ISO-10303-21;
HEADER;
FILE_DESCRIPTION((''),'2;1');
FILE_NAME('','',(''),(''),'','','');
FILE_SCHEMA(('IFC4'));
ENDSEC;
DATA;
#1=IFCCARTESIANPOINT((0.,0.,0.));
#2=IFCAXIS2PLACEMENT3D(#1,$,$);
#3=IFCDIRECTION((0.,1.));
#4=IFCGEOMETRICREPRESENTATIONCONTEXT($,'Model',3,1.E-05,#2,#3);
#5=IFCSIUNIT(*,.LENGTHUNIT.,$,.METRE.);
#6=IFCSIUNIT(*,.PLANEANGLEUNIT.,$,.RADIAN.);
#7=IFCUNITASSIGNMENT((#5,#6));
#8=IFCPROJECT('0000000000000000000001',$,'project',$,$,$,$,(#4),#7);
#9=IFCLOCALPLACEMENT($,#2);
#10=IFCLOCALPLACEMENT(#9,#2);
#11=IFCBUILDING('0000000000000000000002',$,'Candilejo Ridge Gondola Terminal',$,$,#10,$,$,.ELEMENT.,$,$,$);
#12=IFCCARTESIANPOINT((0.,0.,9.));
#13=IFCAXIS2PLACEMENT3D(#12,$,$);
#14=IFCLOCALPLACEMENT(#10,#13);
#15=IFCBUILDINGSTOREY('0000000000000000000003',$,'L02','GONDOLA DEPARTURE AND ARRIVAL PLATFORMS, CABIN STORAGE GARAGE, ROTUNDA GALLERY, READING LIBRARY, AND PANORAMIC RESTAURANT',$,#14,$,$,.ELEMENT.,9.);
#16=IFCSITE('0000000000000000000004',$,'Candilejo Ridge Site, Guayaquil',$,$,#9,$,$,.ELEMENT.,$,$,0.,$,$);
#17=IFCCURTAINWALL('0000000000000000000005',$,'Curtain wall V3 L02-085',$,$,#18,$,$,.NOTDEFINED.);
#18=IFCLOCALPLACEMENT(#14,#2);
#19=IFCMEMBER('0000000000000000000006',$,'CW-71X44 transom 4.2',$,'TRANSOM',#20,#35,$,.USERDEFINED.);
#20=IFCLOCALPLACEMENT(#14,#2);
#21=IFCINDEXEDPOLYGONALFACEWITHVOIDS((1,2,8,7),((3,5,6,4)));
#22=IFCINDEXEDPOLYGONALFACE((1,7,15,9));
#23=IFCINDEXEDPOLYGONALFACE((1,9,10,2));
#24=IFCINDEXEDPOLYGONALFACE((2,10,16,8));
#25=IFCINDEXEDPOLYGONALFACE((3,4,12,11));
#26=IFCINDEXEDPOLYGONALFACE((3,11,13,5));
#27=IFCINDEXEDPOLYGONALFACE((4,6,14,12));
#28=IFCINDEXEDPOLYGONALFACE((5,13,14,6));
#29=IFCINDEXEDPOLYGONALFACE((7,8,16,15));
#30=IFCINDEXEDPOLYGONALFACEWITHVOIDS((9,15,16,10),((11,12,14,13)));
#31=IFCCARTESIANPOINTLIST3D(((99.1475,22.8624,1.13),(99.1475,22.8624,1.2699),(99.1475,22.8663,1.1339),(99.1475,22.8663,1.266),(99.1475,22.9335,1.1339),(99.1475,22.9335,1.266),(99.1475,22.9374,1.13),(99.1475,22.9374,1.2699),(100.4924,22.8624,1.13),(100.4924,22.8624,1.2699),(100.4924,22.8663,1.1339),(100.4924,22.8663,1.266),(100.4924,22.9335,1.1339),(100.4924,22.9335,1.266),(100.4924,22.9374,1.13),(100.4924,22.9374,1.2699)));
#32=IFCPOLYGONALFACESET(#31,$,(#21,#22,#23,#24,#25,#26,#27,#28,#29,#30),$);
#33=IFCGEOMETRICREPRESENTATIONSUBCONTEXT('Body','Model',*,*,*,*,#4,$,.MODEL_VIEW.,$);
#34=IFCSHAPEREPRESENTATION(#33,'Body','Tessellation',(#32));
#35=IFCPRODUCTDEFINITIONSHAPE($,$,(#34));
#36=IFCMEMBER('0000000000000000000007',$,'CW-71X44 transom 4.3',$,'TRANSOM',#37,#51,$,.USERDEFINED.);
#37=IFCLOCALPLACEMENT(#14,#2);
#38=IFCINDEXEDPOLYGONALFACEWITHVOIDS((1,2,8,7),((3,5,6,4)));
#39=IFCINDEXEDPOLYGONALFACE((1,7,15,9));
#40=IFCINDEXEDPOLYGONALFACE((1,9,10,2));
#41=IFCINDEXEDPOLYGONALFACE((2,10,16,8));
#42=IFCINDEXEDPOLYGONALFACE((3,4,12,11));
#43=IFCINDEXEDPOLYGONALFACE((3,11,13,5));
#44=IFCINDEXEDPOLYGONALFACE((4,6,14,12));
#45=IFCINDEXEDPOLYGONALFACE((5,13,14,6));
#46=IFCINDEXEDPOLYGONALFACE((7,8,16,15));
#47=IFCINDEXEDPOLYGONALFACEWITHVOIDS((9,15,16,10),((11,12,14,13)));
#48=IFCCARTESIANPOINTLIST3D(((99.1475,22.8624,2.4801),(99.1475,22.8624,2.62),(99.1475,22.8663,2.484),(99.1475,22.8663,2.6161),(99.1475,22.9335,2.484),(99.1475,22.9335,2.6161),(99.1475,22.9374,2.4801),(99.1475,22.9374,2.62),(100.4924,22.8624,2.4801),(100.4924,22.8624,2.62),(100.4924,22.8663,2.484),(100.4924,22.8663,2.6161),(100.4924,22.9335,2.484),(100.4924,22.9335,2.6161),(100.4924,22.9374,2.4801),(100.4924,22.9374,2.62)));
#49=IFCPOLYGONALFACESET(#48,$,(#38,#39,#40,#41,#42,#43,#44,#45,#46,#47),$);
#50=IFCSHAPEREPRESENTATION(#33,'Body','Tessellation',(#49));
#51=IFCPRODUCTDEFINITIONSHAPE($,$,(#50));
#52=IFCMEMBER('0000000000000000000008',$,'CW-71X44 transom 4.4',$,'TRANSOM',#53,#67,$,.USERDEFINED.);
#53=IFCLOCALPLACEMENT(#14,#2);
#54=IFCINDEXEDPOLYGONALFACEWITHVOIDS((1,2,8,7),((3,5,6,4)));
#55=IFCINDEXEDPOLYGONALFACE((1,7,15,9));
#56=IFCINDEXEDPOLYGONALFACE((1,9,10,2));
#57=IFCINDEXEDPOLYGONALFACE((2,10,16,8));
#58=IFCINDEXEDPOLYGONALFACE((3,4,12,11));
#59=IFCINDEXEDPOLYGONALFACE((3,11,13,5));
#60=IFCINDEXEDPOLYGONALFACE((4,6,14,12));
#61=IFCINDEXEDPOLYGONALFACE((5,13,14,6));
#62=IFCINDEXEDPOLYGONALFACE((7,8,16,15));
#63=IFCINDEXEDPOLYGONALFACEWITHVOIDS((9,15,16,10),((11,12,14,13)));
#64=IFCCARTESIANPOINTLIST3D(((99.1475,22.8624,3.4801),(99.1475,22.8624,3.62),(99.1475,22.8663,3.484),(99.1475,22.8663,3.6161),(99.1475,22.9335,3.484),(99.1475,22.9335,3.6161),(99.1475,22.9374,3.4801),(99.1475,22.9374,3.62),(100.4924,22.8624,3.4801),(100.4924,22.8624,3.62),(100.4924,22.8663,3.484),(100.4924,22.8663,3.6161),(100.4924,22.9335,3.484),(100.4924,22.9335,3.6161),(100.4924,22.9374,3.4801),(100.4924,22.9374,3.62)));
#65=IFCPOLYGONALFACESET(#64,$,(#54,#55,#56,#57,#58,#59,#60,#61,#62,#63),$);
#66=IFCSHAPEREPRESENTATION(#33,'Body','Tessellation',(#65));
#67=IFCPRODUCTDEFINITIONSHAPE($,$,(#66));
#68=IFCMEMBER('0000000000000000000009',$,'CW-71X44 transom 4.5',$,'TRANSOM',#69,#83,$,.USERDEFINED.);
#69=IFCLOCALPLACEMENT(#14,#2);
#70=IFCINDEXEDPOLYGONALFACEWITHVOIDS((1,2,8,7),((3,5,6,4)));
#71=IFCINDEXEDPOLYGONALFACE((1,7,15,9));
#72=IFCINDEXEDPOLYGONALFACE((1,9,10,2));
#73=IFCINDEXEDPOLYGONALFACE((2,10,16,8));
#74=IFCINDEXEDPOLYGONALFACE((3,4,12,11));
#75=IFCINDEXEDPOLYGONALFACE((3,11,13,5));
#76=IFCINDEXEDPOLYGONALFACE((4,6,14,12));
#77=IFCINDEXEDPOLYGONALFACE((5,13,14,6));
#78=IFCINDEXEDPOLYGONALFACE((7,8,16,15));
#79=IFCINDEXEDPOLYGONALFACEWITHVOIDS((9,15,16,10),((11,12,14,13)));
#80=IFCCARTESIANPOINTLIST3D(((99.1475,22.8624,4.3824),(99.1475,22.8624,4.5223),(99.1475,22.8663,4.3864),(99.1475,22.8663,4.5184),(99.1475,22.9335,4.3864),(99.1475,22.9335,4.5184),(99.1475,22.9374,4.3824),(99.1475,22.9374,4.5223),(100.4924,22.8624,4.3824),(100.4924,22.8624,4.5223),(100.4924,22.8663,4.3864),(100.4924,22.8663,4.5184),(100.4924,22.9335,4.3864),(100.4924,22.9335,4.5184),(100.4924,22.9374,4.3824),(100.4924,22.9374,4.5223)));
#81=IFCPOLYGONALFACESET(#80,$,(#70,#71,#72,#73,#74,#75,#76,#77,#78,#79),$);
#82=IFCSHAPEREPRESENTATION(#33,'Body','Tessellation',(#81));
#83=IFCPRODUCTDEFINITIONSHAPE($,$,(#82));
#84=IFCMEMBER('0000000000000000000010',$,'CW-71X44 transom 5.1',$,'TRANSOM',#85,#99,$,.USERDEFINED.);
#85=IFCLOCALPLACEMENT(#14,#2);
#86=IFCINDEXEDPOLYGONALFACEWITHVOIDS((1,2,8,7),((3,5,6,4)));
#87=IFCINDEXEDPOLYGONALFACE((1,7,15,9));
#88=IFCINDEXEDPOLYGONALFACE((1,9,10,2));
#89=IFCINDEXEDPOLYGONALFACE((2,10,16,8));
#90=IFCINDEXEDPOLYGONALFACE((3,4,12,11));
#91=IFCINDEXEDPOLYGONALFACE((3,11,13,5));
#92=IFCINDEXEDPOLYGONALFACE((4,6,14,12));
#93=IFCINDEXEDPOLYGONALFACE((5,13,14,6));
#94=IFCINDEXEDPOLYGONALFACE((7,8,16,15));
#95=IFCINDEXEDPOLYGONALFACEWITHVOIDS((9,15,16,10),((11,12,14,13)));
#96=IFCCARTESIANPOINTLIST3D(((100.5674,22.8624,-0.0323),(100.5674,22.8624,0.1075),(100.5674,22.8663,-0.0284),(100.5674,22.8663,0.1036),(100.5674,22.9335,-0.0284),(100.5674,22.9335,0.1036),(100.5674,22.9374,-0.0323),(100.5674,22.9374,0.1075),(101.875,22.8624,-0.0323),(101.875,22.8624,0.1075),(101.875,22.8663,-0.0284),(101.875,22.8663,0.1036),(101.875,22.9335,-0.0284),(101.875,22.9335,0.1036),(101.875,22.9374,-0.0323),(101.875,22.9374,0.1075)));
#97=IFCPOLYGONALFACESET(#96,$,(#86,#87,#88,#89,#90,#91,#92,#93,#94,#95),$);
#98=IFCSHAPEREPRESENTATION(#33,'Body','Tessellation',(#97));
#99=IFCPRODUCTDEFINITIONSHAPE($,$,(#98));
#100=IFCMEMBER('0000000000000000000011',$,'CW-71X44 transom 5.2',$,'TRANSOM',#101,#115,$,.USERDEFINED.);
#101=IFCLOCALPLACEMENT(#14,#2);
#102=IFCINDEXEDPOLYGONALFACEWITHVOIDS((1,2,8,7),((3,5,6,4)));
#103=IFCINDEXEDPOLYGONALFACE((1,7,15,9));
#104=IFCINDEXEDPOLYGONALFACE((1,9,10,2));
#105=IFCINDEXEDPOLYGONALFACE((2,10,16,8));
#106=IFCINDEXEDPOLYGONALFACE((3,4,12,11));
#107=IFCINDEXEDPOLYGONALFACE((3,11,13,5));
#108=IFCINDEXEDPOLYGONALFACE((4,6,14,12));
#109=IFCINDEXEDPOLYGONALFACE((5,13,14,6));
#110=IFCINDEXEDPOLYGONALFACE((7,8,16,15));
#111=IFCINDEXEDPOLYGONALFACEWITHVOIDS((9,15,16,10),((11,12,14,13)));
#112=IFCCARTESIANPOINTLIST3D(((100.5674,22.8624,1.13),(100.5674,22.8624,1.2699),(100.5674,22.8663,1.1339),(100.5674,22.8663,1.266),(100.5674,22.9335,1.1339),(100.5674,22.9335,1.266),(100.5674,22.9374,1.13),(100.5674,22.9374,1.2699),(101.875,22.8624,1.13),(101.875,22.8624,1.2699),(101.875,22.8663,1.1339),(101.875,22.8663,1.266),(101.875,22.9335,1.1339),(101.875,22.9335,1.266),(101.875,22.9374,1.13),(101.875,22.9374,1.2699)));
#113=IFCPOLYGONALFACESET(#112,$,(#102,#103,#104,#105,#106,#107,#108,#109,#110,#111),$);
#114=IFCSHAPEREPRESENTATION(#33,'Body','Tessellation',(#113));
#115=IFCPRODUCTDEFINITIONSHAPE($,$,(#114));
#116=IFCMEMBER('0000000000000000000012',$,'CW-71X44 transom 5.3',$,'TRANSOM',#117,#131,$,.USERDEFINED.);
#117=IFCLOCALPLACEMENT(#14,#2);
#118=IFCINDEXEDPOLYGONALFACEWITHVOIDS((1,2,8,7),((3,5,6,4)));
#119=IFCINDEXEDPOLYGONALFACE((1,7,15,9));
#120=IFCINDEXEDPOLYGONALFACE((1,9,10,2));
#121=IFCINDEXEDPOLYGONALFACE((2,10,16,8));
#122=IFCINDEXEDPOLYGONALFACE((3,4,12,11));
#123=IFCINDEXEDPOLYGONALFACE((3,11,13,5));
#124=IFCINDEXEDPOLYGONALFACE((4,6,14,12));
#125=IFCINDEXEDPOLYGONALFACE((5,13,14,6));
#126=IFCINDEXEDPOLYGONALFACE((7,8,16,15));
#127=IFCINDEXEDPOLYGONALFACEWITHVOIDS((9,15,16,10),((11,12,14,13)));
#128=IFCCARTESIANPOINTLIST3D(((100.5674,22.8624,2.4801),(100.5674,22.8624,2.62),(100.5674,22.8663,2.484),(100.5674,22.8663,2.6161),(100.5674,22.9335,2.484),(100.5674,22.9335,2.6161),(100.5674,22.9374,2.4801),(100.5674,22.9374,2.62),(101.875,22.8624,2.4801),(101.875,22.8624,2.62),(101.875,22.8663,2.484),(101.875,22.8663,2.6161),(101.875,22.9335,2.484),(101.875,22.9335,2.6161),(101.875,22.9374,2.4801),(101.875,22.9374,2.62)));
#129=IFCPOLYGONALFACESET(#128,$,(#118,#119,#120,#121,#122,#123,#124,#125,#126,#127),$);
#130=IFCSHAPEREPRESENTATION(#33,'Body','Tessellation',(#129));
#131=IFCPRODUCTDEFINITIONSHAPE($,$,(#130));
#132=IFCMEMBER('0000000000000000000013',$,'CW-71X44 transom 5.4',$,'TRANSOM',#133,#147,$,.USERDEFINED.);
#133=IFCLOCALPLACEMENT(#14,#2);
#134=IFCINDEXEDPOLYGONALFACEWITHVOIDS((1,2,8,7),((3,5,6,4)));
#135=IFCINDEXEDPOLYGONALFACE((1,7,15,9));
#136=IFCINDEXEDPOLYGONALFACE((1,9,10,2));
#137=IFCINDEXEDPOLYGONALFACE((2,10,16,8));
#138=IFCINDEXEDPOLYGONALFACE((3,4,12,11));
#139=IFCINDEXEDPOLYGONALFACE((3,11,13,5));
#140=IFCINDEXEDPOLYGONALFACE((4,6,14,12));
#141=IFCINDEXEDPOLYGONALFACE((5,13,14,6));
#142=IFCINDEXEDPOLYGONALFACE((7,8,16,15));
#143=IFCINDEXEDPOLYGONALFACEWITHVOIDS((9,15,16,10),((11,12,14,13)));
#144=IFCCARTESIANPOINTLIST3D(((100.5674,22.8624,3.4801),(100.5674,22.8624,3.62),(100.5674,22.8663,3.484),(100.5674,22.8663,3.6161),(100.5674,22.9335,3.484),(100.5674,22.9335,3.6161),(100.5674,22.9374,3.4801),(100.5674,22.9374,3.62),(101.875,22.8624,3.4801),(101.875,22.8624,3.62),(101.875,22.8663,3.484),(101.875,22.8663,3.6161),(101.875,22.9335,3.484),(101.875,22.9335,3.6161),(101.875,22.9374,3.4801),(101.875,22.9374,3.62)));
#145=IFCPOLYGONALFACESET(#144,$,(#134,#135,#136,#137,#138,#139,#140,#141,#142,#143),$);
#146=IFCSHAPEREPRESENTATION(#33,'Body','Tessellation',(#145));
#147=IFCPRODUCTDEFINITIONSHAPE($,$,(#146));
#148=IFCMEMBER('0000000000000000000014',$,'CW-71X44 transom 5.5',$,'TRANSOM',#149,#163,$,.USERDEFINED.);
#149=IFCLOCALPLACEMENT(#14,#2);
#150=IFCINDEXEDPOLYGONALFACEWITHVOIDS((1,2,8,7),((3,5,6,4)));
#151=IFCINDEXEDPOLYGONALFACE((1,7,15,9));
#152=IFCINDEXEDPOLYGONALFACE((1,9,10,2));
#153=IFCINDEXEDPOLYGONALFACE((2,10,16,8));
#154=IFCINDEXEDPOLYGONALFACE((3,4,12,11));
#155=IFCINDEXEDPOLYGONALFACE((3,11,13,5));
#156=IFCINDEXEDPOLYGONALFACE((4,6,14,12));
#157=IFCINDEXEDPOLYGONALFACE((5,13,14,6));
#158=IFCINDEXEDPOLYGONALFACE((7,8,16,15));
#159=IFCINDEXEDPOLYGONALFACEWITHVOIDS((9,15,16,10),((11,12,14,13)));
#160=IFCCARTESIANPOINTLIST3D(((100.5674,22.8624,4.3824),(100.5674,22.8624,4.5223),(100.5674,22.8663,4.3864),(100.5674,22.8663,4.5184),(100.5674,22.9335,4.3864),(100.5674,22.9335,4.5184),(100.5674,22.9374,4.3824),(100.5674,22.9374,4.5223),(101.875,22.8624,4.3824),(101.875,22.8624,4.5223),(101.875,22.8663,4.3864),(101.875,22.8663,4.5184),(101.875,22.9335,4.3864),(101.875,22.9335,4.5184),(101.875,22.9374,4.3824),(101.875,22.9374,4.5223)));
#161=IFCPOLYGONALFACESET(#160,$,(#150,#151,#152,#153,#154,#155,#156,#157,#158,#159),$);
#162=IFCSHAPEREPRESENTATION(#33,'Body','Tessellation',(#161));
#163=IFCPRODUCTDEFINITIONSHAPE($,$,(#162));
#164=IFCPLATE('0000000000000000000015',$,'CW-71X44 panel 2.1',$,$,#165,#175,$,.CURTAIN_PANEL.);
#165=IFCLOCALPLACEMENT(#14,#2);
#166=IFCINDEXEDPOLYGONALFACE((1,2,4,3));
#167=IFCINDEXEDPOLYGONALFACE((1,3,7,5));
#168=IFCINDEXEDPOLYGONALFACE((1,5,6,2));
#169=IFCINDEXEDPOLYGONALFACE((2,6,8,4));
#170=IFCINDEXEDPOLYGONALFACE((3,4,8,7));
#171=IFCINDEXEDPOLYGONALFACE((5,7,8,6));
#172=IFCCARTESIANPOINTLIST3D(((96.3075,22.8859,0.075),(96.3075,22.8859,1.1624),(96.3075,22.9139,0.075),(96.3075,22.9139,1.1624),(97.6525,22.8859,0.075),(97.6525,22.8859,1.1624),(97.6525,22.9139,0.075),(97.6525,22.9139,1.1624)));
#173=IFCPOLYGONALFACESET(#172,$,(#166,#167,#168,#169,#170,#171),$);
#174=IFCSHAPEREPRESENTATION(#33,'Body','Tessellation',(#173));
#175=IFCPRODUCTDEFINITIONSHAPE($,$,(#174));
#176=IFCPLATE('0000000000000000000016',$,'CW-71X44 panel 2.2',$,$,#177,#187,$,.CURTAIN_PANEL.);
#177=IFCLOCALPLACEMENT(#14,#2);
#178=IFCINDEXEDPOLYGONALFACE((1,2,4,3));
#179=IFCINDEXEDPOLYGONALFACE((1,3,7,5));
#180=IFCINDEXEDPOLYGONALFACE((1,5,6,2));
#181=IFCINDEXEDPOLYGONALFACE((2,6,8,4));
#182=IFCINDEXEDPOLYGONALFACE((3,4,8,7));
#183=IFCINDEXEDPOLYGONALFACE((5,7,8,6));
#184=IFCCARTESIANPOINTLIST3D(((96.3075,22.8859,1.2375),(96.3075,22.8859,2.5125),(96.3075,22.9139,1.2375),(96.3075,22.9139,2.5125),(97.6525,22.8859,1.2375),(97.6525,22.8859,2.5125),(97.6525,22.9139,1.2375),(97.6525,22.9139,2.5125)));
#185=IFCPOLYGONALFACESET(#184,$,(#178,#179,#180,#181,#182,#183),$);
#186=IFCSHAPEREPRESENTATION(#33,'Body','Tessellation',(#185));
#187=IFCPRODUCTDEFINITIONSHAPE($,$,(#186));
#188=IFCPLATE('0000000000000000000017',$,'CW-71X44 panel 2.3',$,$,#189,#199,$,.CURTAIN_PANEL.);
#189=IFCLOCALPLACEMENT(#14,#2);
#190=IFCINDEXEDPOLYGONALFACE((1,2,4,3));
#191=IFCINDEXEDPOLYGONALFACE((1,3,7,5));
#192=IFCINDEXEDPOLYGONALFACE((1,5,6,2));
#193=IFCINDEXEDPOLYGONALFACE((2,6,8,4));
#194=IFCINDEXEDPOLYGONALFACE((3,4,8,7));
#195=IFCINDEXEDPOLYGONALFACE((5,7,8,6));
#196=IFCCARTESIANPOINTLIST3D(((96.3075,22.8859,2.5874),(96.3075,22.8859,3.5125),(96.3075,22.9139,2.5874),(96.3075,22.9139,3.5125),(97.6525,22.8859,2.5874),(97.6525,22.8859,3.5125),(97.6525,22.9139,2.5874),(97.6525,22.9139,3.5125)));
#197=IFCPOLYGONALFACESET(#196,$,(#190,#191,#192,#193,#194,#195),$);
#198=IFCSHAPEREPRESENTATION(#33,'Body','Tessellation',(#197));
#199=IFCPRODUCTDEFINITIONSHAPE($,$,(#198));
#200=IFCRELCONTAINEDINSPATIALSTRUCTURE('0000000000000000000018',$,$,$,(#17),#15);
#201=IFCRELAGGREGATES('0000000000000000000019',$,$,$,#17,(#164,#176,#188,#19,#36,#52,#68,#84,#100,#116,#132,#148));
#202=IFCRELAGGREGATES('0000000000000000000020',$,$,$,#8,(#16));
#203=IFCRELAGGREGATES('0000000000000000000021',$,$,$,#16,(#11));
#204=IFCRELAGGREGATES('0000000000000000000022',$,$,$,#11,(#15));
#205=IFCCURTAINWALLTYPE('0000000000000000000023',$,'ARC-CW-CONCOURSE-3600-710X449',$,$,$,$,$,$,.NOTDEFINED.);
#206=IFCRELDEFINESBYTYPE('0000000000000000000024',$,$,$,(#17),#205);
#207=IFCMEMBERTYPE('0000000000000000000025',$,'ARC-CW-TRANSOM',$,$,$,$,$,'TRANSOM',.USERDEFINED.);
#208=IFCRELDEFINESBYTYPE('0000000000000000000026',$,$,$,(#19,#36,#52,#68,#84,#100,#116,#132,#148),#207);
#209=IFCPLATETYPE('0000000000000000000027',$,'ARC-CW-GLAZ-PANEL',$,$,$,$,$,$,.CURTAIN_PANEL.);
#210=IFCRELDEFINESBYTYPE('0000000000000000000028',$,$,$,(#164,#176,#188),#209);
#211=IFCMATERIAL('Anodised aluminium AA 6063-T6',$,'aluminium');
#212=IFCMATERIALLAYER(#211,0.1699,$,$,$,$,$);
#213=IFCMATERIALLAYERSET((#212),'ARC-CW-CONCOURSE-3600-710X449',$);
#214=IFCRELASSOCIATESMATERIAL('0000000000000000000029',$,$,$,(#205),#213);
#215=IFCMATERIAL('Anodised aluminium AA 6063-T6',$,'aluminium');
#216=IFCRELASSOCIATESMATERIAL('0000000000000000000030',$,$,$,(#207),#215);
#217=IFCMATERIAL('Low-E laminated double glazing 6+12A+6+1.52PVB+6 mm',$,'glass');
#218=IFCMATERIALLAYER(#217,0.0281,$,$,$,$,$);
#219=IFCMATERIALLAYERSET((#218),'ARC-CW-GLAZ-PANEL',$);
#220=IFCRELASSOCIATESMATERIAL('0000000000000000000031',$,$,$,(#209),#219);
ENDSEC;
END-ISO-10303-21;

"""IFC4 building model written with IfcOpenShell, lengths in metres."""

from ifc_helpers import new_model, si_unit, direction, frame, origin, origin_2d, place, context, subcontext, project, spatial, rectangle, hollow_rectangle, extrude, material, layer, layer_set, material_profile, profile_set, type_object, element, aggregate, save


model = new_model("IFC4")

# Units and contexts
model_context = context("Model", 3, precision=1e-05, world=origin(), true_north=direction((0.0, 1.0)))
body_context = subcontext(model_context, "Body", "Model", "MODEL_VIEW")
ifc_project = project(units=[si_unit("LENGTHUNIT", "METRE"), si_unit("PLANEANGLEUNIT", "RADIAN")], contexts=[model_context])

# Site, building, storey
site_placement = place(None, origin())
site = spatial("IfcSite", under=ifc_project, at=site_placement, Name="Candilejo Ridge Site, Guayaquil", CompositionType="ELEMENT", RefElevation=0.0)
building_placement = place(site_placement, origin())
building = spatial("IfcBuilding", under=site, at=building_placement, Name="Candilejo Ridge Gondola Terminal", CompositionType="ELEMENT")
storey_placement = place(building_placement, frame((0.0, 0.0, 9.0)))
storey = spatial("IfcBuildingStorey", under=building, at=storey_placement, Name="L02", Description="GONDOLA DEPARTURE AND ARRIVAL PLATFORMS, CABIN STORAGE GARAGE, ROTUNDA GALLERY, READING LIBRARY, AND PANORAMIC RESTAURANT", CompositionType="ELEMENT", Elevation=9.0)

# Curtain wall, members, plates
ifc_material_1 = material(Name="Anodised aluminium AA 6063-T6", Category="aluminium")
ifc_layer_1 = layer(ifc_material_1, 0.1699)
ifc_layer_set_1 = layer_set([ifc_layer_1], Name="ARC-CW-CONCOURSE-3600-710X449")
curtain_wall_type = type_object("IfcCurtainWallType", Name="ARC-CW-CONCOURSE-3600-710X449", PredefinedType="NOTDEFINED", material=ifc_layer_set_1)
curtain_wall_placement = place(storey_placement, origin())
curtain_wall = element("IfcCurtainWall", 1, at=curtain_wall_placement, inside=storey, type_object=curtain_wall_type, Name="Curtain wall V3 L02-085", PredefinedType="NOTDEFINED")
ifc_material_2 = material(Name="Anodised aluminium AA 6063-T6", Category="aluminium")
ifc_material_profile_1 = material_profile(ifc_material_2, hollow_rectangle(XDim=0.075, YDim=0.1399, WallThickness=0.0039, at=origin_2d()))
ifc_profile_set_1 = profile_set([ifc_material_profile_1], Name="Anodised aluminium AA 6063-T6")
member_type_1 = type_object("IfcMemberType", Name="ARC-CW-TRANSOM", ElementType="TRANSOM", PredefinedType="USERDEFINED", material=ifc_profile_set_1)
member_1_placement = place(storey_placement, frame((99.1475, 22.8999, 1.2), z_axis=(1.0, 0.0, 0.0), x_axis=(0.0, 1.0, 0.0)))
member_1 = element("IfcMember", 2, at=member_1_placement, type_object=member_type_1, Name="CW-71X44 transom 4.2", ObjectType="TRANSOM", PredefinedType="USERDEFINED", context=body_context, shape_type="SweptSolid", body=[
    extrude(hollow_rectangle(XDim=0.075, YDim=0.1399, WallThickness=0.0039, at=origin_2d()), origin(), (0.0, 0.0, 1.0), 1.345),
])
member_2_placement = place(storey_placement, frame((99.1475, 22.8999, 2.55), z_axis=(1.0, 0.0, 0.0), x_axis=(0.0, 1.0, 0.0)))
member_2 = element("IfcMember", 3, at=member_2_placement, type_object=member_type_1, Name="CW-71X44 transom 4.3", ObjectType="TRANSOM", PredefinedType="USERDEFINED", context=body_context, shape_type="SweptSolid", body=[
    extrude(hollow_rectangle(XDim=0.075, YDim=0.1399, WallThickness=0.0039, at=origin_2d()), origin(), (0.0, 0.0, 1.0), 1.345),
])
member_3_placement = place(storey_placement, frame((99.1475, 22.8999, 3.55), z_axis=(1.0, 0.0, 0.0), x_axis=(0.0, 1.0, 0.0)))
member_3 = element("IfcMember", 4, at=member_3_placement, type_object=member_type_1, Name="CW-71X44 transom 4.4", ObjectType="TRANSOM", PredefinedType="USERDEFINED", context=body_context, shape_type="SweptSolid", body=[
    extrude(hollow_rectangle(XDim=0.075, YDim=0.1399, WallThickness=0.0039, at=origin_2d()), origin(), (0.0, 0.0, 1.0), 1.345),
])
member_4_placement = place(storey_placement, frame((99.1475, 22.8999, 4.4524), z_axis=(1.0, 0.0, 0.0), x_axis=(0.0, 1.0, 0.0)))
member_4 = element("IfcMember", 5, at=member_4_placement, type_object=member_type_1, Name="CW-71X44 transom 4.5", ObjectType="TRANSOM", PredefinedType="USERDEFINED", context=body_context, shape_type="SweptSolid", body=[
    extrude(hollow_rectangle(XDim=0.075, YDim=0.1399, WallThickness=0.0039, at=origin_2d()), origin(), (0.0, 0.0, 1.0), 1.345),
])
member_5_placement = place(storey_placement, frame((100.5674, 22.8999, 0.0376), z_axis=(1.0, 0.0, 0.0), x_axis=(0.0, 1.0, 0.0)))
member_5 = element("IfcMember", 6, at=member_5_placement, type_object=member_type_1, Name="CW-71X44 transom 5.1", ObjectType="TRANSOM", PredefinedType="USERDEFINED", context=body_context, shape_type="SweptSolid", body=[
    extrude(hollow_rectangle(XDim=0.075, YDim=0.1399, WallThickness=0.0039, at=origin_2d()), origin(), (0.0, 0.0, 1.0), 1.3076),
])
member_6_placement = place(storey_placement, frame((100.5674, 22.8999, 1.2), z_axis=(1.0, 0.0, 0.0), x_axis=(0.0, 1.0, 0.0)))
member_6 = element("IfcMember", 7, at=member_6_placement, type_object=member_type_1, Name="CW-71X44 transom 5.2", ObjectType="TRANSOM", PredefinedType="USERDEFINED", context=body_context, shape_type="SweptSolid", body=[
    extrude(hollow_rectangle(XDim=0.075, YDim=0.1399, WallThickness=0.0039, at=origin_2d()), origin(), (0.0, 0.0, 1.0), 1.3076),
])
member_7_placement = place(storey_placement, frame((100.5674, 22.8999, 2.55), z_axis=(1.0, 0.0, 0.0), x_axis=(0.0, 1.0, 0.0)))
member_7 = element("IfcMember", 8, at=member_7_placement, type_object=member_type_1, Name="CW-71X44 transom 5.3", ObjectType="TRANSOM", PredefinedType="USERDEFINED", context=body_context, shape_type="SweptSolid", body=[
    extrude(hollow_rectangle(XDim=0.075, YDim=0.1399, WallThickness=0.0039, at=origin_2d()), origin(), (0.0, 0.0, 1.0), 1.3076),
])
member_8_placement = place(storey_placement, frame((100.5674, 22.8999, 3.55), z_axis=(1.0, 0.0, 0.0), x_axis=(0.0, 1.0, 0.0)))
member_8 = element("IfcMember", 9, at=member_8_placement, type_object=member_type_1, Name="CW-71X44 transom 5.4", ObjectType="TRANSOM", PredefinedType="USERDEFINED", context=body_context, shape_type="SweptSolid", body=[
    extrude(hollow_rectangle(XDim=0.075, YDim=0.1399, WallThickness=0.0039, at=origin_2d()), origin(), (0.0, 0.0, 1.0), 1.3076),
])
member_9_placement = place(storey_placement, frame((100.5674, 22.8999, 4.4524), z_axis=(1.0, 0.0, 0.0), x_axis=(0.0, 1.0, 0.0)))
member_9 = element("IfcMember", 10, at=member_9_placement, type_object=member_type_1, Name="CW-71X44 transom 5.5", ObjectType="TRANSOM", PredefinedType="USERDEFINED", context=body_context, shape_type="SweptSolid", body=[
    extrude(hollow_rectangle(XDim=0.075, YDim=0.1399, WallThickness=0.0039, at=origin_2d()), origin(), (0.0, 0.0, 1.0), 1.3076),
])
ifc_material_3 = material(Name="Low-E laminated double glazing 6+12A+6+1.52PVB+6 mm", Category="glass")
ifc_layer_2 = layer(ifc_material_3, 0.0281)
ifc_layer_set_2 = layer_set([ifc_layer_2], Name="ARC-CW-GLAZ-PANEL")
plate_type_1 = type_object("IfcPlateType", Name="ARC-CW-GLAZ-PANEL", PredefinedType="CURTAIN_PANEL", material=ifc_layer_set_2)
plate_1_placement = place(storey_placement, frame((96.98, 22.8999, 0.075), z_axis=(0.0, 0.0, 1.0), x_axis=(1.0, 0.0, 0.0)))
plate_1 = element("IfcPlate", 11, at=plate_1_placement, type_object=plate_type_1, Name="CW-71X44 panel 2.1", PredefinedType="CURTAIN_PANEL", context=body_context, shape_type="SweptSolid", body=[
    extrude(rectangle(XDim=1.345, YDim=0.0281, at=origin_2d()), origin(), (0.0, 0.0, 1.0), 1.0874),
])
plate_2_placement = place(storey_placement, frame((96.98, 22.8999, 1.2375), z_axis=(0.0, 0.0, 1.0), x_axis=(1.0, 0.0, 0.0)))
plate_2 = element("IfcPlate", 12, at=plate_2_placement, type_object=plate_type_1, Name="CW-71X44 panel 2.2", PredefinedType="CURTAIN_PANEL", context=body_context, shape_type="SweptSolid", body=[
    extrude(rectangle(XDim=1.345, YDim=0.0281, at=origin_2d()), origin(), (0.0, 0.0, 1.0), 1.2749),
])
plate_3_placement = place(storey_placement, frame((96.98, 22.8999, 2.5874), z_axis=(0.0, 0.0, 1.0), x_axis=(1.0, 0.0, 0.0)))
plate_3 = element("IfcPlate", 13, at=plate_3_placement, type_object=plate_type_1, Name="CW-71X44 panel 2.3", PredefinedType="CURTAIN_PANEL", context=body_context, shape_type="SweptSolid", body=[
    extrude(rectangle(XDim=1.345, YDim=0.0281, at=origin_2d()), origin(), (0.0, 0.0, 1.0), 0.925),
])
aggregate(curtain_wall, [plate_1, plate_2, plate_3, member_1, member_2, member_3, member_4, member_5, member_6, member_7, member_8, member_9])

save(model, "model.ifc")
